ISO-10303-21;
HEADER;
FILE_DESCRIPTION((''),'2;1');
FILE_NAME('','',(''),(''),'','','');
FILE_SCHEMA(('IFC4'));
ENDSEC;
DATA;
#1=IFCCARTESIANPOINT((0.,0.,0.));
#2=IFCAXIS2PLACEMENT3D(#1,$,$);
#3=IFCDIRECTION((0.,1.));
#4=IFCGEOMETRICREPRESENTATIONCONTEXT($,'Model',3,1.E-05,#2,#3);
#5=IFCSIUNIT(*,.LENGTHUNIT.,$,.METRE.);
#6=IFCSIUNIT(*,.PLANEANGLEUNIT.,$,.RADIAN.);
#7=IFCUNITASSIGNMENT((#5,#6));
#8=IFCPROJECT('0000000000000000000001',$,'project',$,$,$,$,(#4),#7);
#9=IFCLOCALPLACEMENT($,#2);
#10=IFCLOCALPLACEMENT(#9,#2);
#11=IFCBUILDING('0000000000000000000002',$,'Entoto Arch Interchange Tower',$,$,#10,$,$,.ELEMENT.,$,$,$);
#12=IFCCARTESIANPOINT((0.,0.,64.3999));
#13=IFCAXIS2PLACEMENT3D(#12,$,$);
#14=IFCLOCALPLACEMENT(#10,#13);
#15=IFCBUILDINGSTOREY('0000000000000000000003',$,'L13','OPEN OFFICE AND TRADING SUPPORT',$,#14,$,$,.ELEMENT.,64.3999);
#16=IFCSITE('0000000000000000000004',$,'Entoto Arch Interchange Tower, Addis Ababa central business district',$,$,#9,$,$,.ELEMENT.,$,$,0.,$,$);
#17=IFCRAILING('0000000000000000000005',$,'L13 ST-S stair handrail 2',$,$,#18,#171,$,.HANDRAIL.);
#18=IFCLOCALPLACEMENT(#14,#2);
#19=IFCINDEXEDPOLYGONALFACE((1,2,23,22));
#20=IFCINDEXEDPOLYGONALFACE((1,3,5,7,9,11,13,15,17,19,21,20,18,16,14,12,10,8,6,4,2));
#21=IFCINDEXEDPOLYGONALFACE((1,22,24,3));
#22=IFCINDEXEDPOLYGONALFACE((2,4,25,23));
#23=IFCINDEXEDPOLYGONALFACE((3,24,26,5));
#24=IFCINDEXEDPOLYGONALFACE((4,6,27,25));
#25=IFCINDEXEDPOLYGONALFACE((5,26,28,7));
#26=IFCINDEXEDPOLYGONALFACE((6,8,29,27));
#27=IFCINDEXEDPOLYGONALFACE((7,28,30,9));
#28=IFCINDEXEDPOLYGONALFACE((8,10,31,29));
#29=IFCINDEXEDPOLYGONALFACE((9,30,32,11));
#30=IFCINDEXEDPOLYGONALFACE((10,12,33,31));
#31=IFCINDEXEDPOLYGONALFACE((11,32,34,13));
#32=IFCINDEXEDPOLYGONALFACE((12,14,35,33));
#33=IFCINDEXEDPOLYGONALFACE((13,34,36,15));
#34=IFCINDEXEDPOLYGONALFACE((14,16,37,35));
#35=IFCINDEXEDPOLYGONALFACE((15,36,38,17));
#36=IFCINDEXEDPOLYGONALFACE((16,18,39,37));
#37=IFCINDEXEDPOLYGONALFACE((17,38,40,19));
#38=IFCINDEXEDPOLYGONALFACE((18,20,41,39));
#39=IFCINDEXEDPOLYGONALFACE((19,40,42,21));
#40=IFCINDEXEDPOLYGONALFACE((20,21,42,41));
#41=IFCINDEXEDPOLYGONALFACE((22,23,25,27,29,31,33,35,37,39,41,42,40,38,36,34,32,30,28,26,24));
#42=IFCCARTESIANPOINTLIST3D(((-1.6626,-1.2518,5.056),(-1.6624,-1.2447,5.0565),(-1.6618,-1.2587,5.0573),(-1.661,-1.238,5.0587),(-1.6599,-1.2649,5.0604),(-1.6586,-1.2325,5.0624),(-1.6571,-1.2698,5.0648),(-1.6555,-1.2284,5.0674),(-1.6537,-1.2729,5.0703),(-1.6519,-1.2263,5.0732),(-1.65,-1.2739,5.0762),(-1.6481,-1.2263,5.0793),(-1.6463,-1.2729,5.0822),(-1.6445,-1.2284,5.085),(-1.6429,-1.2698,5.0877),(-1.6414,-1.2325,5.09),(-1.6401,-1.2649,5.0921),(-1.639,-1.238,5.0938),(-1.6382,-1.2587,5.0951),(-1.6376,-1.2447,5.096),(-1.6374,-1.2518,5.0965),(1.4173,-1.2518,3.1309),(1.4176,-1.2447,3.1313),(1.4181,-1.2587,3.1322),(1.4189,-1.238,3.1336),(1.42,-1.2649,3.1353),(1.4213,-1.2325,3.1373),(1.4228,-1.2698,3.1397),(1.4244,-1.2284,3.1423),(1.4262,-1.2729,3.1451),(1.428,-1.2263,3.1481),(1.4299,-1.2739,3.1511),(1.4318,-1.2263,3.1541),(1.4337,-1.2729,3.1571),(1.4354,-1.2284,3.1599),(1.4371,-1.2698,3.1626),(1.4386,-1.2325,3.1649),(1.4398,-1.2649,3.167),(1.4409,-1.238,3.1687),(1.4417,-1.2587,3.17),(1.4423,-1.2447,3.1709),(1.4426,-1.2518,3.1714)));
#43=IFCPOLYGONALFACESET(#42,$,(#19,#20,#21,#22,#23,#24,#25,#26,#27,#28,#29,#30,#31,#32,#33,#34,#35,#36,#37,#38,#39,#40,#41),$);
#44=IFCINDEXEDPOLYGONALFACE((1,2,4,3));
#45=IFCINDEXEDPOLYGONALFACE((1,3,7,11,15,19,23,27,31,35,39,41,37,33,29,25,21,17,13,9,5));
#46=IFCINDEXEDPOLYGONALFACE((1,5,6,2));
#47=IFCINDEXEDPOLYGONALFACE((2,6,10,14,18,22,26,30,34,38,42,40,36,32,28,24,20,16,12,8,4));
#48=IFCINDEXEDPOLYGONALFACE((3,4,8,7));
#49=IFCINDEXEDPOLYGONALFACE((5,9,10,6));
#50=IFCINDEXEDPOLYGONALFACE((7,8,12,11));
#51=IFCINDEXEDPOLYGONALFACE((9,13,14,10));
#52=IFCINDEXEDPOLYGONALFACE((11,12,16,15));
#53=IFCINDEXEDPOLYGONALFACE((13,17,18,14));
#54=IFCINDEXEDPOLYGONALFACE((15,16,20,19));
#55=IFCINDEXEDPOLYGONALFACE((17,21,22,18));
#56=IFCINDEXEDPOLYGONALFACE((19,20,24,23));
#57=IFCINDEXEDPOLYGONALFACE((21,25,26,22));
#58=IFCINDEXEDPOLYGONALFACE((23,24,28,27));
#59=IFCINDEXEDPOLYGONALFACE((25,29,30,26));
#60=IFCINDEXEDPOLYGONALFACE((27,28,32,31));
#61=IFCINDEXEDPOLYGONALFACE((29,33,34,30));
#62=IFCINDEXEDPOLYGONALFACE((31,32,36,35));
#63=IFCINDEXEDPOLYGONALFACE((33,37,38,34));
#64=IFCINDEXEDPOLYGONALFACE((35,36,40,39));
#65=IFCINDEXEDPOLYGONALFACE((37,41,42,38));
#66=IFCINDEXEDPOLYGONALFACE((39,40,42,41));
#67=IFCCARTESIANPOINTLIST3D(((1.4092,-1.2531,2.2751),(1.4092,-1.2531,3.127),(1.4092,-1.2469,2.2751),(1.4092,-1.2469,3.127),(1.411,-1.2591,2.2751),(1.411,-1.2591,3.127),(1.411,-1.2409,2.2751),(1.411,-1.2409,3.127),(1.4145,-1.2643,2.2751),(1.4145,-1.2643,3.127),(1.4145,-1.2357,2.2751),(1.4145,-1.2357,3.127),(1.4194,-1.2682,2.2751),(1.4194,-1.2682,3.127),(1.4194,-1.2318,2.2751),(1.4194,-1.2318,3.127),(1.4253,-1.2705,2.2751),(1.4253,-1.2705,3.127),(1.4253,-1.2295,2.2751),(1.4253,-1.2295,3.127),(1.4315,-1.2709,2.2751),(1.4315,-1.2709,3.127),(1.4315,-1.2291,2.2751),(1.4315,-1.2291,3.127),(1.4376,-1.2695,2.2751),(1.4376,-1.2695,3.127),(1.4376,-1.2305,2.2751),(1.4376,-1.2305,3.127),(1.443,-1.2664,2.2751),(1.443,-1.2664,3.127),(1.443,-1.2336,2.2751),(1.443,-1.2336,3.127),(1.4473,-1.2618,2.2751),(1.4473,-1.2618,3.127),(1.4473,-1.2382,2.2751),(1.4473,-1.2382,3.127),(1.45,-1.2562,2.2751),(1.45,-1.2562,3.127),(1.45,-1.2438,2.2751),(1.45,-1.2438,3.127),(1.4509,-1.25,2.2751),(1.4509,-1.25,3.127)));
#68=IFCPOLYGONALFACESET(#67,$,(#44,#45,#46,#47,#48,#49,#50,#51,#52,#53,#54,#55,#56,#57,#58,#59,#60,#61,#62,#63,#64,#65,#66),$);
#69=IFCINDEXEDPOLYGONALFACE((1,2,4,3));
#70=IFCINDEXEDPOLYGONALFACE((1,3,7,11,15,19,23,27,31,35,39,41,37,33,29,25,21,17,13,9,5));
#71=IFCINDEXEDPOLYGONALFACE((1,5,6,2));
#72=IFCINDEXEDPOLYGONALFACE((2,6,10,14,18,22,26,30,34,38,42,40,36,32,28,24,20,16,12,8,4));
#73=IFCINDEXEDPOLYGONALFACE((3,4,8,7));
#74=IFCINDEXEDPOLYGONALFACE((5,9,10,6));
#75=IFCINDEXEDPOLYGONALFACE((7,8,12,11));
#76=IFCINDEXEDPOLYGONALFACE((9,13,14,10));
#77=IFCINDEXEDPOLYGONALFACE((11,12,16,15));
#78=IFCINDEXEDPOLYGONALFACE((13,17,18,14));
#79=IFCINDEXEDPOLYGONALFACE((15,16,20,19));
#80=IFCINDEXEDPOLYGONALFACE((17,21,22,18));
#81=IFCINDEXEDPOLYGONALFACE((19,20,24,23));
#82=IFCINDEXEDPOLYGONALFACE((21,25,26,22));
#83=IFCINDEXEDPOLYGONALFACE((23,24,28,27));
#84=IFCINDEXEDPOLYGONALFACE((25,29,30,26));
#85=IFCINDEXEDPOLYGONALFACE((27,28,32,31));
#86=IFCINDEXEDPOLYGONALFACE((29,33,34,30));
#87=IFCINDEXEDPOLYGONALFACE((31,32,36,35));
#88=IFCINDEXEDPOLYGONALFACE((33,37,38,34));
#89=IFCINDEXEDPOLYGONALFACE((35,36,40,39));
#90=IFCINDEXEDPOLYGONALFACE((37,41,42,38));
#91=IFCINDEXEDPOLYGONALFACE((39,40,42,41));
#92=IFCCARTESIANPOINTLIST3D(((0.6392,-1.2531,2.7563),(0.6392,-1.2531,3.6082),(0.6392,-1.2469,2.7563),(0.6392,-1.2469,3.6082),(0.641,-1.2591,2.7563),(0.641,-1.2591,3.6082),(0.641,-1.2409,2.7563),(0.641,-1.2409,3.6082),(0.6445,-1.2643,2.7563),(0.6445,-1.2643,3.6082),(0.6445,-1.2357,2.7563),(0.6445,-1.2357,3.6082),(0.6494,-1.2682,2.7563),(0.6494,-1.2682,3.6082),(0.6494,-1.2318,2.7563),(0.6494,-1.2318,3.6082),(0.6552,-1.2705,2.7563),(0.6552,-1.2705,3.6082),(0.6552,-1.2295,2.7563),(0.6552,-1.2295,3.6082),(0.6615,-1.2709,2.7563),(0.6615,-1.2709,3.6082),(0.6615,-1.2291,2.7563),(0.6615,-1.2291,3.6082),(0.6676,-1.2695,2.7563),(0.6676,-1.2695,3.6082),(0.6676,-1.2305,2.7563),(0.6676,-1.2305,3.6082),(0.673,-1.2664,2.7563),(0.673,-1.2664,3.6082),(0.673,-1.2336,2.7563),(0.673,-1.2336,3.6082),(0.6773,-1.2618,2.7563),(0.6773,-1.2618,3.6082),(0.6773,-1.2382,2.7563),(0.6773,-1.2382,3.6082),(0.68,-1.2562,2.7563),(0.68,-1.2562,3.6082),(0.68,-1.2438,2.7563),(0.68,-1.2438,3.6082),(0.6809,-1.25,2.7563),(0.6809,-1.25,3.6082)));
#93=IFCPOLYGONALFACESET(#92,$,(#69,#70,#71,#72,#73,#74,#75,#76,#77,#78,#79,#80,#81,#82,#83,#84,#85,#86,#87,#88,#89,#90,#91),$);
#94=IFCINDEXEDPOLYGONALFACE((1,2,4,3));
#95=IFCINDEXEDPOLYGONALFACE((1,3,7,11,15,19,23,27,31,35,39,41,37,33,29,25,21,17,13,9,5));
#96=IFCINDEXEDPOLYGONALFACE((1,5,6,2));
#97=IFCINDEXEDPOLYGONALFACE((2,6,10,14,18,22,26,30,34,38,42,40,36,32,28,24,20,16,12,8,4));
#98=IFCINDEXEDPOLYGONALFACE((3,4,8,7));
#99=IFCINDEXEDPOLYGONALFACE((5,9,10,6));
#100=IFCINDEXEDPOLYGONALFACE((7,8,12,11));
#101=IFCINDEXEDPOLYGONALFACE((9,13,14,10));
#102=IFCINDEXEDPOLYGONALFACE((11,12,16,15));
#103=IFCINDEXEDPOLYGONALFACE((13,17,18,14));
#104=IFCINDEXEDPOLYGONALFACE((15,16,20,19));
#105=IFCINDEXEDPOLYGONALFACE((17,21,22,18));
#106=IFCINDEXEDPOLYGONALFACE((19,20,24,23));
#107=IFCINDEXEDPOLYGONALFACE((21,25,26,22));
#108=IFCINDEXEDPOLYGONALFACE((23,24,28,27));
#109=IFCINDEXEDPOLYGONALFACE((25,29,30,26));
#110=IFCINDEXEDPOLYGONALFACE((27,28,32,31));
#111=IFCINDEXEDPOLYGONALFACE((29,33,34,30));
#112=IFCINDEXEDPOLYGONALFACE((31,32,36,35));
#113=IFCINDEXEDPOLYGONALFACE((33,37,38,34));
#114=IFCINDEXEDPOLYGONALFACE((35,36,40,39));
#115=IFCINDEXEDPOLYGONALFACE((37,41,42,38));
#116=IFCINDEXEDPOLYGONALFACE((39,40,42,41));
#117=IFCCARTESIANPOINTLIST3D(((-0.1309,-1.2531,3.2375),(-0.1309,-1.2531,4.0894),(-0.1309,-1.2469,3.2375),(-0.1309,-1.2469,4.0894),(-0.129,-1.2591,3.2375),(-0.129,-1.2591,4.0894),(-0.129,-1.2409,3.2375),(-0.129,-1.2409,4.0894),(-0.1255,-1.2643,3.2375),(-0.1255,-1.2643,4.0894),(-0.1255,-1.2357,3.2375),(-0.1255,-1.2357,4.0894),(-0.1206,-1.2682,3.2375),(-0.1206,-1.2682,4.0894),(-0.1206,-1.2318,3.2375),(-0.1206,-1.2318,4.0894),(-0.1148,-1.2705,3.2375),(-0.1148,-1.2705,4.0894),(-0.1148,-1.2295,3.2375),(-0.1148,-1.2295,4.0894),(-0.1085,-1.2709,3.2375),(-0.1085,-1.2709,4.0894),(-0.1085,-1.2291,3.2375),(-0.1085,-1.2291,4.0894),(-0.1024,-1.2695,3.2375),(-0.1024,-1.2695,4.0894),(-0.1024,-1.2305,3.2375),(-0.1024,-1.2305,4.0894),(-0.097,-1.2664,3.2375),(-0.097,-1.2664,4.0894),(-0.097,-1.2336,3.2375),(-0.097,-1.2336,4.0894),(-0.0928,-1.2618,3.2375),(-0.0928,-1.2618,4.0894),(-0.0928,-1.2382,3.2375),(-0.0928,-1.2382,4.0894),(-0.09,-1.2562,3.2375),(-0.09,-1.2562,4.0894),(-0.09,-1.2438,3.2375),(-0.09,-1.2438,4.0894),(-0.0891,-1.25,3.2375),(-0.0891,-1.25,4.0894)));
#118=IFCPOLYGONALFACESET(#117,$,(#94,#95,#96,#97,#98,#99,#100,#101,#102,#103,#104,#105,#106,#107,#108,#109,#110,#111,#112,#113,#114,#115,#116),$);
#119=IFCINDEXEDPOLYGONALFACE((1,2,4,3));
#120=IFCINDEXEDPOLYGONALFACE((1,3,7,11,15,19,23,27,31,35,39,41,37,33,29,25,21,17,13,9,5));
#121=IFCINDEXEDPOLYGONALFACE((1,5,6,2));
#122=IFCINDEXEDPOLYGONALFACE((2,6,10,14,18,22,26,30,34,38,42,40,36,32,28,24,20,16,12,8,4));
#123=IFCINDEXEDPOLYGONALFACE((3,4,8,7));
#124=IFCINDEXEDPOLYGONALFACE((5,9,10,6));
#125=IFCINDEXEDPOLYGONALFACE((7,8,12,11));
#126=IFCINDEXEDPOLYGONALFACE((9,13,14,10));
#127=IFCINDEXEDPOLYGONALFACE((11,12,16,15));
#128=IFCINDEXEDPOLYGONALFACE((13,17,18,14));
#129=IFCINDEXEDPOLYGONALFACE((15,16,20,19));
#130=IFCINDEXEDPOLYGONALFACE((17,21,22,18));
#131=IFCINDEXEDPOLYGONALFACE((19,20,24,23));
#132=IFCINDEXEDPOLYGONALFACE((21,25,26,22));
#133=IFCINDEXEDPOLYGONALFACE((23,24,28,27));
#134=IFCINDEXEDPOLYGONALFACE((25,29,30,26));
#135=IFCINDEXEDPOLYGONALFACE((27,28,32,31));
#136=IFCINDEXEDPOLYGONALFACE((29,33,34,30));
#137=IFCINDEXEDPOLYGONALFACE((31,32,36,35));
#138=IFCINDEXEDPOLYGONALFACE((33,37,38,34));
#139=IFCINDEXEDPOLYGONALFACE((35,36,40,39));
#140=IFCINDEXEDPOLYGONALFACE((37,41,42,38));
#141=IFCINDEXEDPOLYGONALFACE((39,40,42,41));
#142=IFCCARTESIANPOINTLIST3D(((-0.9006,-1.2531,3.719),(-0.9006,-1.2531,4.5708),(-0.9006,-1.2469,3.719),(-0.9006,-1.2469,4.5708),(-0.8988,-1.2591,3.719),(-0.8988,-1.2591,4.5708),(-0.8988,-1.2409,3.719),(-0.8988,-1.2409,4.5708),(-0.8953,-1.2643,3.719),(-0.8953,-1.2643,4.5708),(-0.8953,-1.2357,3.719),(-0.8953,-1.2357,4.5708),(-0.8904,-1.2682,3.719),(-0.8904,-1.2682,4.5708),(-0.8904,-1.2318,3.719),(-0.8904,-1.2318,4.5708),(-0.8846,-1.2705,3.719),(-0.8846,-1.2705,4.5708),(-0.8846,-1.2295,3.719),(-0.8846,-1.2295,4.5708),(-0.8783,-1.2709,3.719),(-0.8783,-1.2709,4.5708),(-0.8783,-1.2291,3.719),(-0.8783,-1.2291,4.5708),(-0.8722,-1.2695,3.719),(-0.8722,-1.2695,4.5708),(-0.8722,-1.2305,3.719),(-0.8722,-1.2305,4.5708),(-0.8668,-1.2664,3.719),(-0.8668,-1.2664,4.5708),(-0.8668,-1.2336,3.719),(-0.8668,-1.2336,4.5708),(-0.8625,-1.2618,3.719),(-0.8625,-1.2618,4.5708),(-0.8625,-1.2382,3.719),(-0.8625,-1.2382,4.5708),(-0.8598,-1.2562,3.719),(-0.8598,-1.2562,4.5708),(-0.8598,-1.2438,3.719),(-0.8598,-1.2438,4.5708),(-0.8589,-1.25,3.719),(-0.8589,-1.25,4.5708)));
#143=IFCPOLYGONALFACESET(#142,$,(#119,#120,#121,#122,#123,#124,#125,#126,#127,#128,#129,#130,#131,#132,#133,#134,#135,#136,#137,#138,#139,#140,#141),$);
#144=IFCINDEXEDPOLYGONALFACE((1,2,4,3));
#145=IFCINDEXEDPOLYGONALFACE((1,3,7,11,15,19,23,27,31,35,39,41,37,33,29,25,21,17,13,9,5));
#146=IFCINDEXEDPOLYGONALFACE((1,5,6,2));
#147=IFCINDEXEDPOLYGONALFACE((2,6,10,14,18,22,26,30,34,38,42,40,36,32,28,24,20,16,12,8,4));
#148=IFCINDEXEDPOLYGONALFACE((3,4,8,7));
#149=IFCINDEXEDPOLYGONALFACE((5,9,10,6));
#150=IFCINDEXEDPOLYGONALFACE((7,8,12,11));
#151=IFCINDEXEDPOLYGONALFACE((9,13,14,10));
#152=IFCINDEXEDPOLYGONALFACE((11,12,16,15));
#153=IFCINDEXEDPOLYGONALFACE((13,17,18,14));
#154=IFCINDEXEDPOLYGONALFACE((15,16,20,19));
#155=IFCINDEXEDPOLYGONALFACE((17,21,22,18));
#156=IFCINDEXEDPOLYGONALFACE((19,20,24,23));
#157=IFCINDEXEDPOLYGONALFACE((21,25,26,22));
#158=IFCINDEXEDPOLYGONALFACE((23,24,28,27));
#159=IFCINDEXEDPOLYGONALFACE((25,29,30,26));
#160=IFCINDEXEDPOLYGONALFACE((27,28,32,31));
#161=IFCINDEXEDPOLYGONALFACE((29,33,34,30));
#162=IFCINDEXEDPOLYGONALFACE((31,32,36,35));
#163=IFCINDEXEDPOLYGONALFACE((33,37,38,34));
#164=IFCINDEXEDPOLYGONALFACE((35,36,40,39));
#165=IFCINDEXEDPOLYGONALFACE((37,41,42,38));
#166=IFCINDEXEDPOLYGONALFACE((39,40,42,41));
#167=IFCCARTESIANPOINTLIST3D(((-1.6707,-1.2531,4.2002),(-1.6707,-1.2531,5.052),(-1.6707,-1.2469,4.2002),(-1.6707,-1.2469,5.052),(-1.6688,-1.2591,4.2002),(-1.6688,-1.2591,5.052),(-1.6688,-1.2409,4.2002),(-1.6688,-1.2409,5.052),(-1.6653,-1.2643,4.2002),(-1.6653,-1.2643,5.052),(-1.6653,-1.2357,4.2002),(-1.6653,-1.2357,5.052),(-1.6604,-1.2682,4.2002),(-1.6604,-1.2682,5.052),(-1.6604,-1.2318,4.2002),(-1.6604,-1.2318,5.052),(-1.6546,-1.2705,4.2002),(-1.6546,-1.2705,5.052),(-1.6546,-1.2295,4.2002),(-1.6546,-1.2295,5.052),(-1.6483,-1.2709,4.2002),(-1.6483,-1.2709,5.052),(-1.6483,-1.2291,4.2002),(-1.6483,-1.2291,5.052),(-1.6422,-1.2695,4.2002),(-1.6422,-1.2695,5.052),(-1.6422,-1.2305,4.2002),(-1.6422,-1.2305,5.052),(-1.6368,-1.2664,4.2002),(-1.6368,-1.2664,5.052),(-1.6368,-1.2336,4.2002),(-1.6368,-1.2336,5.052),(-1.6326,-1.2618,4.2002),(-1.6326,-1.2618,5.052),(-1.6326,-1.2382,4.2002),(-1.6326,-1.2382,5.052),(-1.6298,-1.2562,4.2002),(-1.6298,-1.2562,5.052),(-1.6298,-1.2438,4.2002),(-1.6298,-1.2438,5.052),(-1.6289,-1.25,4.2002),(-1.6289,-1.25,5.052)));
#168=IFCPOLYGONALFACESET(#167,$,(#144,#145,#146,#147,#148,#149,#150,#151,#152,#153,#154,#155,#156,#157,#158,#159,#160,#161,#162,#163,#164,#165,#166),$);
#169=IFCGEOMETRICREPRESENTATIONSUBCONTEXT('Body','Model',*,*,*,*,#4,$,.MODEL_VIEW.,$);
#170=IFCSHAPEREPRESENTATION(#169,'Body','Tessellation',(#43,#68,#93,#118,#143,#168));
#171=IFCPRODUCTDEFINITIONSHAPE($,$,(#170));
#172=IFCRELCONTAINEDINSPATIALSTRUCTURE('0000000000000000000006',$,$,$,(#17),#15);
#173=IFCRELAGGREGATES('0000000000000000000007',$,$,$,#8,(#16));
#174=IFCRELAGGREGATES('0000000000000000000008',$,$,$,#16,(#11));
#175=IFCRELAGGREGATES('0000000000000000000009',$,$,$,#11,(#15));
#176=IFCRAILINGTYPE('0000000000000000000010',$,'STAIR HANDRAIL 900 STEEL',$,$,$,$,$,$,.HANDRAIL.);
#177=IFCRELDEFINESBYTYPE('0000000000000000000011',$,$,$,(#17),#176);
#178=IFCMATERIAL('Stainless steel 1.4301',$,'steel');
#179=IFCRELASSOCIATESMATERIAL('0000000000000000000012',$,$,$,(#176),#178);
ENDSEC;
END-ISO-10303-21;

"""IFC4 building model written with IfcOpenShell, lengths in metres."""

from ifc_helpers import new_model, si_unit, direction, frame, origin, origin_2d, place, context, subcontext, project, spatial, circle, extrude, material, type_object, element, save


model = new_model("IFC4")

# Units and contexts
model_context = context("Model", 3, precision=1e-05, world=origin(), true_north=direction((0.0, 1.0)))
body_context = subcontext(model_context, "Body", "Model", "MODEL_VIEW")
ifc_project = project(units=[si_unit("LENGTHUNIT", "METRE"), si_unit("PLANEANGLEUNIT", "RADIAN")], contexts=[model_context])

# Site, building, storey
site_placement = place(None, origin())
site = spatial("IfcSite", under=ifc_project, at=site_placement, Name="Entoto Arch Interchange Tower, Addis Ababa central business district", CompositionType="ELEMENT", RefElevation=0.0)
building_placement = place(site_placement, origin())
building = spatial("IfcBuilding", under=site, at=building_placement, Name="Entoto Arch Interchange Tower", CompositionType="ELEMENT")
storey_placement = place(building_placement, frame((0.0, 0.0, 64.3999)))
storey = spatial("IfcBuildingStorey", under=building, at=storey_placement, Name="L13", Description="OPEN OFFICE AND TRADING SUPPORT", CompositionType="ELEMENT", Elevation=64.3999)

# Railing
ifc_material_1 = material(Name="Stainless steel 1.4301", Category="steel")
railing_type_1 = type_object("IfcRailingType", Name="STAIR HANDRAIL 900 STEEL", PredefinedType="HANDRAIL", material=ifc_material_1)
railing_1_placement = place(storey_placement, frame((1.4299, -1.25, 2.2751)))
element("IfcRailing", 1, at=railing_1_placement, inside=storey, type_object=railing_type_1, Name="L13 ST-S stair handrail 2", PredefinedType="HANDRAIL", context=body_context, shape_type="SweptSolid", body=[
    extrude(circle(Radius=0.0239, at=origin_2d()), frame((0.0, 0.0, 0.876), z_axis=(-0.847979, 0.0, 0.530029), x_axis=(0.0, -1.0, 0.0)), (0.0, 0.0, 1.0), 3.6321),
    extrude(circle(Radius=0.021, at=origin_2d()), origin(), (0.0, 0.0, 1.0), 0.8518),
    extrude(circle(Radius=0.021, at=origin_2d()), frame((-0.77, 0.0, 0.4812)), (0.0, 0.0, 1.0), 0.8518),
    extrude(circle(Radius=0.021, at=origin_2d()), frame((-1.54, 0.0, 0.9624)), (0.0, 0.0, 1.0), 0.8518),
    extrude(circle(Radius=0.021, at=origin_2d()), frame((-2.3098, 0.0, 1.4438)), (0.0, 0.0, 1.0), 0.8518),
    extrude(circle(Radius=0.021, at=origin_2d()), frame((-3.0798, 0.0, 1.925)), (0.0, 0.0, 1.0), 0.8518),
])

save(model, "model.ifc")
